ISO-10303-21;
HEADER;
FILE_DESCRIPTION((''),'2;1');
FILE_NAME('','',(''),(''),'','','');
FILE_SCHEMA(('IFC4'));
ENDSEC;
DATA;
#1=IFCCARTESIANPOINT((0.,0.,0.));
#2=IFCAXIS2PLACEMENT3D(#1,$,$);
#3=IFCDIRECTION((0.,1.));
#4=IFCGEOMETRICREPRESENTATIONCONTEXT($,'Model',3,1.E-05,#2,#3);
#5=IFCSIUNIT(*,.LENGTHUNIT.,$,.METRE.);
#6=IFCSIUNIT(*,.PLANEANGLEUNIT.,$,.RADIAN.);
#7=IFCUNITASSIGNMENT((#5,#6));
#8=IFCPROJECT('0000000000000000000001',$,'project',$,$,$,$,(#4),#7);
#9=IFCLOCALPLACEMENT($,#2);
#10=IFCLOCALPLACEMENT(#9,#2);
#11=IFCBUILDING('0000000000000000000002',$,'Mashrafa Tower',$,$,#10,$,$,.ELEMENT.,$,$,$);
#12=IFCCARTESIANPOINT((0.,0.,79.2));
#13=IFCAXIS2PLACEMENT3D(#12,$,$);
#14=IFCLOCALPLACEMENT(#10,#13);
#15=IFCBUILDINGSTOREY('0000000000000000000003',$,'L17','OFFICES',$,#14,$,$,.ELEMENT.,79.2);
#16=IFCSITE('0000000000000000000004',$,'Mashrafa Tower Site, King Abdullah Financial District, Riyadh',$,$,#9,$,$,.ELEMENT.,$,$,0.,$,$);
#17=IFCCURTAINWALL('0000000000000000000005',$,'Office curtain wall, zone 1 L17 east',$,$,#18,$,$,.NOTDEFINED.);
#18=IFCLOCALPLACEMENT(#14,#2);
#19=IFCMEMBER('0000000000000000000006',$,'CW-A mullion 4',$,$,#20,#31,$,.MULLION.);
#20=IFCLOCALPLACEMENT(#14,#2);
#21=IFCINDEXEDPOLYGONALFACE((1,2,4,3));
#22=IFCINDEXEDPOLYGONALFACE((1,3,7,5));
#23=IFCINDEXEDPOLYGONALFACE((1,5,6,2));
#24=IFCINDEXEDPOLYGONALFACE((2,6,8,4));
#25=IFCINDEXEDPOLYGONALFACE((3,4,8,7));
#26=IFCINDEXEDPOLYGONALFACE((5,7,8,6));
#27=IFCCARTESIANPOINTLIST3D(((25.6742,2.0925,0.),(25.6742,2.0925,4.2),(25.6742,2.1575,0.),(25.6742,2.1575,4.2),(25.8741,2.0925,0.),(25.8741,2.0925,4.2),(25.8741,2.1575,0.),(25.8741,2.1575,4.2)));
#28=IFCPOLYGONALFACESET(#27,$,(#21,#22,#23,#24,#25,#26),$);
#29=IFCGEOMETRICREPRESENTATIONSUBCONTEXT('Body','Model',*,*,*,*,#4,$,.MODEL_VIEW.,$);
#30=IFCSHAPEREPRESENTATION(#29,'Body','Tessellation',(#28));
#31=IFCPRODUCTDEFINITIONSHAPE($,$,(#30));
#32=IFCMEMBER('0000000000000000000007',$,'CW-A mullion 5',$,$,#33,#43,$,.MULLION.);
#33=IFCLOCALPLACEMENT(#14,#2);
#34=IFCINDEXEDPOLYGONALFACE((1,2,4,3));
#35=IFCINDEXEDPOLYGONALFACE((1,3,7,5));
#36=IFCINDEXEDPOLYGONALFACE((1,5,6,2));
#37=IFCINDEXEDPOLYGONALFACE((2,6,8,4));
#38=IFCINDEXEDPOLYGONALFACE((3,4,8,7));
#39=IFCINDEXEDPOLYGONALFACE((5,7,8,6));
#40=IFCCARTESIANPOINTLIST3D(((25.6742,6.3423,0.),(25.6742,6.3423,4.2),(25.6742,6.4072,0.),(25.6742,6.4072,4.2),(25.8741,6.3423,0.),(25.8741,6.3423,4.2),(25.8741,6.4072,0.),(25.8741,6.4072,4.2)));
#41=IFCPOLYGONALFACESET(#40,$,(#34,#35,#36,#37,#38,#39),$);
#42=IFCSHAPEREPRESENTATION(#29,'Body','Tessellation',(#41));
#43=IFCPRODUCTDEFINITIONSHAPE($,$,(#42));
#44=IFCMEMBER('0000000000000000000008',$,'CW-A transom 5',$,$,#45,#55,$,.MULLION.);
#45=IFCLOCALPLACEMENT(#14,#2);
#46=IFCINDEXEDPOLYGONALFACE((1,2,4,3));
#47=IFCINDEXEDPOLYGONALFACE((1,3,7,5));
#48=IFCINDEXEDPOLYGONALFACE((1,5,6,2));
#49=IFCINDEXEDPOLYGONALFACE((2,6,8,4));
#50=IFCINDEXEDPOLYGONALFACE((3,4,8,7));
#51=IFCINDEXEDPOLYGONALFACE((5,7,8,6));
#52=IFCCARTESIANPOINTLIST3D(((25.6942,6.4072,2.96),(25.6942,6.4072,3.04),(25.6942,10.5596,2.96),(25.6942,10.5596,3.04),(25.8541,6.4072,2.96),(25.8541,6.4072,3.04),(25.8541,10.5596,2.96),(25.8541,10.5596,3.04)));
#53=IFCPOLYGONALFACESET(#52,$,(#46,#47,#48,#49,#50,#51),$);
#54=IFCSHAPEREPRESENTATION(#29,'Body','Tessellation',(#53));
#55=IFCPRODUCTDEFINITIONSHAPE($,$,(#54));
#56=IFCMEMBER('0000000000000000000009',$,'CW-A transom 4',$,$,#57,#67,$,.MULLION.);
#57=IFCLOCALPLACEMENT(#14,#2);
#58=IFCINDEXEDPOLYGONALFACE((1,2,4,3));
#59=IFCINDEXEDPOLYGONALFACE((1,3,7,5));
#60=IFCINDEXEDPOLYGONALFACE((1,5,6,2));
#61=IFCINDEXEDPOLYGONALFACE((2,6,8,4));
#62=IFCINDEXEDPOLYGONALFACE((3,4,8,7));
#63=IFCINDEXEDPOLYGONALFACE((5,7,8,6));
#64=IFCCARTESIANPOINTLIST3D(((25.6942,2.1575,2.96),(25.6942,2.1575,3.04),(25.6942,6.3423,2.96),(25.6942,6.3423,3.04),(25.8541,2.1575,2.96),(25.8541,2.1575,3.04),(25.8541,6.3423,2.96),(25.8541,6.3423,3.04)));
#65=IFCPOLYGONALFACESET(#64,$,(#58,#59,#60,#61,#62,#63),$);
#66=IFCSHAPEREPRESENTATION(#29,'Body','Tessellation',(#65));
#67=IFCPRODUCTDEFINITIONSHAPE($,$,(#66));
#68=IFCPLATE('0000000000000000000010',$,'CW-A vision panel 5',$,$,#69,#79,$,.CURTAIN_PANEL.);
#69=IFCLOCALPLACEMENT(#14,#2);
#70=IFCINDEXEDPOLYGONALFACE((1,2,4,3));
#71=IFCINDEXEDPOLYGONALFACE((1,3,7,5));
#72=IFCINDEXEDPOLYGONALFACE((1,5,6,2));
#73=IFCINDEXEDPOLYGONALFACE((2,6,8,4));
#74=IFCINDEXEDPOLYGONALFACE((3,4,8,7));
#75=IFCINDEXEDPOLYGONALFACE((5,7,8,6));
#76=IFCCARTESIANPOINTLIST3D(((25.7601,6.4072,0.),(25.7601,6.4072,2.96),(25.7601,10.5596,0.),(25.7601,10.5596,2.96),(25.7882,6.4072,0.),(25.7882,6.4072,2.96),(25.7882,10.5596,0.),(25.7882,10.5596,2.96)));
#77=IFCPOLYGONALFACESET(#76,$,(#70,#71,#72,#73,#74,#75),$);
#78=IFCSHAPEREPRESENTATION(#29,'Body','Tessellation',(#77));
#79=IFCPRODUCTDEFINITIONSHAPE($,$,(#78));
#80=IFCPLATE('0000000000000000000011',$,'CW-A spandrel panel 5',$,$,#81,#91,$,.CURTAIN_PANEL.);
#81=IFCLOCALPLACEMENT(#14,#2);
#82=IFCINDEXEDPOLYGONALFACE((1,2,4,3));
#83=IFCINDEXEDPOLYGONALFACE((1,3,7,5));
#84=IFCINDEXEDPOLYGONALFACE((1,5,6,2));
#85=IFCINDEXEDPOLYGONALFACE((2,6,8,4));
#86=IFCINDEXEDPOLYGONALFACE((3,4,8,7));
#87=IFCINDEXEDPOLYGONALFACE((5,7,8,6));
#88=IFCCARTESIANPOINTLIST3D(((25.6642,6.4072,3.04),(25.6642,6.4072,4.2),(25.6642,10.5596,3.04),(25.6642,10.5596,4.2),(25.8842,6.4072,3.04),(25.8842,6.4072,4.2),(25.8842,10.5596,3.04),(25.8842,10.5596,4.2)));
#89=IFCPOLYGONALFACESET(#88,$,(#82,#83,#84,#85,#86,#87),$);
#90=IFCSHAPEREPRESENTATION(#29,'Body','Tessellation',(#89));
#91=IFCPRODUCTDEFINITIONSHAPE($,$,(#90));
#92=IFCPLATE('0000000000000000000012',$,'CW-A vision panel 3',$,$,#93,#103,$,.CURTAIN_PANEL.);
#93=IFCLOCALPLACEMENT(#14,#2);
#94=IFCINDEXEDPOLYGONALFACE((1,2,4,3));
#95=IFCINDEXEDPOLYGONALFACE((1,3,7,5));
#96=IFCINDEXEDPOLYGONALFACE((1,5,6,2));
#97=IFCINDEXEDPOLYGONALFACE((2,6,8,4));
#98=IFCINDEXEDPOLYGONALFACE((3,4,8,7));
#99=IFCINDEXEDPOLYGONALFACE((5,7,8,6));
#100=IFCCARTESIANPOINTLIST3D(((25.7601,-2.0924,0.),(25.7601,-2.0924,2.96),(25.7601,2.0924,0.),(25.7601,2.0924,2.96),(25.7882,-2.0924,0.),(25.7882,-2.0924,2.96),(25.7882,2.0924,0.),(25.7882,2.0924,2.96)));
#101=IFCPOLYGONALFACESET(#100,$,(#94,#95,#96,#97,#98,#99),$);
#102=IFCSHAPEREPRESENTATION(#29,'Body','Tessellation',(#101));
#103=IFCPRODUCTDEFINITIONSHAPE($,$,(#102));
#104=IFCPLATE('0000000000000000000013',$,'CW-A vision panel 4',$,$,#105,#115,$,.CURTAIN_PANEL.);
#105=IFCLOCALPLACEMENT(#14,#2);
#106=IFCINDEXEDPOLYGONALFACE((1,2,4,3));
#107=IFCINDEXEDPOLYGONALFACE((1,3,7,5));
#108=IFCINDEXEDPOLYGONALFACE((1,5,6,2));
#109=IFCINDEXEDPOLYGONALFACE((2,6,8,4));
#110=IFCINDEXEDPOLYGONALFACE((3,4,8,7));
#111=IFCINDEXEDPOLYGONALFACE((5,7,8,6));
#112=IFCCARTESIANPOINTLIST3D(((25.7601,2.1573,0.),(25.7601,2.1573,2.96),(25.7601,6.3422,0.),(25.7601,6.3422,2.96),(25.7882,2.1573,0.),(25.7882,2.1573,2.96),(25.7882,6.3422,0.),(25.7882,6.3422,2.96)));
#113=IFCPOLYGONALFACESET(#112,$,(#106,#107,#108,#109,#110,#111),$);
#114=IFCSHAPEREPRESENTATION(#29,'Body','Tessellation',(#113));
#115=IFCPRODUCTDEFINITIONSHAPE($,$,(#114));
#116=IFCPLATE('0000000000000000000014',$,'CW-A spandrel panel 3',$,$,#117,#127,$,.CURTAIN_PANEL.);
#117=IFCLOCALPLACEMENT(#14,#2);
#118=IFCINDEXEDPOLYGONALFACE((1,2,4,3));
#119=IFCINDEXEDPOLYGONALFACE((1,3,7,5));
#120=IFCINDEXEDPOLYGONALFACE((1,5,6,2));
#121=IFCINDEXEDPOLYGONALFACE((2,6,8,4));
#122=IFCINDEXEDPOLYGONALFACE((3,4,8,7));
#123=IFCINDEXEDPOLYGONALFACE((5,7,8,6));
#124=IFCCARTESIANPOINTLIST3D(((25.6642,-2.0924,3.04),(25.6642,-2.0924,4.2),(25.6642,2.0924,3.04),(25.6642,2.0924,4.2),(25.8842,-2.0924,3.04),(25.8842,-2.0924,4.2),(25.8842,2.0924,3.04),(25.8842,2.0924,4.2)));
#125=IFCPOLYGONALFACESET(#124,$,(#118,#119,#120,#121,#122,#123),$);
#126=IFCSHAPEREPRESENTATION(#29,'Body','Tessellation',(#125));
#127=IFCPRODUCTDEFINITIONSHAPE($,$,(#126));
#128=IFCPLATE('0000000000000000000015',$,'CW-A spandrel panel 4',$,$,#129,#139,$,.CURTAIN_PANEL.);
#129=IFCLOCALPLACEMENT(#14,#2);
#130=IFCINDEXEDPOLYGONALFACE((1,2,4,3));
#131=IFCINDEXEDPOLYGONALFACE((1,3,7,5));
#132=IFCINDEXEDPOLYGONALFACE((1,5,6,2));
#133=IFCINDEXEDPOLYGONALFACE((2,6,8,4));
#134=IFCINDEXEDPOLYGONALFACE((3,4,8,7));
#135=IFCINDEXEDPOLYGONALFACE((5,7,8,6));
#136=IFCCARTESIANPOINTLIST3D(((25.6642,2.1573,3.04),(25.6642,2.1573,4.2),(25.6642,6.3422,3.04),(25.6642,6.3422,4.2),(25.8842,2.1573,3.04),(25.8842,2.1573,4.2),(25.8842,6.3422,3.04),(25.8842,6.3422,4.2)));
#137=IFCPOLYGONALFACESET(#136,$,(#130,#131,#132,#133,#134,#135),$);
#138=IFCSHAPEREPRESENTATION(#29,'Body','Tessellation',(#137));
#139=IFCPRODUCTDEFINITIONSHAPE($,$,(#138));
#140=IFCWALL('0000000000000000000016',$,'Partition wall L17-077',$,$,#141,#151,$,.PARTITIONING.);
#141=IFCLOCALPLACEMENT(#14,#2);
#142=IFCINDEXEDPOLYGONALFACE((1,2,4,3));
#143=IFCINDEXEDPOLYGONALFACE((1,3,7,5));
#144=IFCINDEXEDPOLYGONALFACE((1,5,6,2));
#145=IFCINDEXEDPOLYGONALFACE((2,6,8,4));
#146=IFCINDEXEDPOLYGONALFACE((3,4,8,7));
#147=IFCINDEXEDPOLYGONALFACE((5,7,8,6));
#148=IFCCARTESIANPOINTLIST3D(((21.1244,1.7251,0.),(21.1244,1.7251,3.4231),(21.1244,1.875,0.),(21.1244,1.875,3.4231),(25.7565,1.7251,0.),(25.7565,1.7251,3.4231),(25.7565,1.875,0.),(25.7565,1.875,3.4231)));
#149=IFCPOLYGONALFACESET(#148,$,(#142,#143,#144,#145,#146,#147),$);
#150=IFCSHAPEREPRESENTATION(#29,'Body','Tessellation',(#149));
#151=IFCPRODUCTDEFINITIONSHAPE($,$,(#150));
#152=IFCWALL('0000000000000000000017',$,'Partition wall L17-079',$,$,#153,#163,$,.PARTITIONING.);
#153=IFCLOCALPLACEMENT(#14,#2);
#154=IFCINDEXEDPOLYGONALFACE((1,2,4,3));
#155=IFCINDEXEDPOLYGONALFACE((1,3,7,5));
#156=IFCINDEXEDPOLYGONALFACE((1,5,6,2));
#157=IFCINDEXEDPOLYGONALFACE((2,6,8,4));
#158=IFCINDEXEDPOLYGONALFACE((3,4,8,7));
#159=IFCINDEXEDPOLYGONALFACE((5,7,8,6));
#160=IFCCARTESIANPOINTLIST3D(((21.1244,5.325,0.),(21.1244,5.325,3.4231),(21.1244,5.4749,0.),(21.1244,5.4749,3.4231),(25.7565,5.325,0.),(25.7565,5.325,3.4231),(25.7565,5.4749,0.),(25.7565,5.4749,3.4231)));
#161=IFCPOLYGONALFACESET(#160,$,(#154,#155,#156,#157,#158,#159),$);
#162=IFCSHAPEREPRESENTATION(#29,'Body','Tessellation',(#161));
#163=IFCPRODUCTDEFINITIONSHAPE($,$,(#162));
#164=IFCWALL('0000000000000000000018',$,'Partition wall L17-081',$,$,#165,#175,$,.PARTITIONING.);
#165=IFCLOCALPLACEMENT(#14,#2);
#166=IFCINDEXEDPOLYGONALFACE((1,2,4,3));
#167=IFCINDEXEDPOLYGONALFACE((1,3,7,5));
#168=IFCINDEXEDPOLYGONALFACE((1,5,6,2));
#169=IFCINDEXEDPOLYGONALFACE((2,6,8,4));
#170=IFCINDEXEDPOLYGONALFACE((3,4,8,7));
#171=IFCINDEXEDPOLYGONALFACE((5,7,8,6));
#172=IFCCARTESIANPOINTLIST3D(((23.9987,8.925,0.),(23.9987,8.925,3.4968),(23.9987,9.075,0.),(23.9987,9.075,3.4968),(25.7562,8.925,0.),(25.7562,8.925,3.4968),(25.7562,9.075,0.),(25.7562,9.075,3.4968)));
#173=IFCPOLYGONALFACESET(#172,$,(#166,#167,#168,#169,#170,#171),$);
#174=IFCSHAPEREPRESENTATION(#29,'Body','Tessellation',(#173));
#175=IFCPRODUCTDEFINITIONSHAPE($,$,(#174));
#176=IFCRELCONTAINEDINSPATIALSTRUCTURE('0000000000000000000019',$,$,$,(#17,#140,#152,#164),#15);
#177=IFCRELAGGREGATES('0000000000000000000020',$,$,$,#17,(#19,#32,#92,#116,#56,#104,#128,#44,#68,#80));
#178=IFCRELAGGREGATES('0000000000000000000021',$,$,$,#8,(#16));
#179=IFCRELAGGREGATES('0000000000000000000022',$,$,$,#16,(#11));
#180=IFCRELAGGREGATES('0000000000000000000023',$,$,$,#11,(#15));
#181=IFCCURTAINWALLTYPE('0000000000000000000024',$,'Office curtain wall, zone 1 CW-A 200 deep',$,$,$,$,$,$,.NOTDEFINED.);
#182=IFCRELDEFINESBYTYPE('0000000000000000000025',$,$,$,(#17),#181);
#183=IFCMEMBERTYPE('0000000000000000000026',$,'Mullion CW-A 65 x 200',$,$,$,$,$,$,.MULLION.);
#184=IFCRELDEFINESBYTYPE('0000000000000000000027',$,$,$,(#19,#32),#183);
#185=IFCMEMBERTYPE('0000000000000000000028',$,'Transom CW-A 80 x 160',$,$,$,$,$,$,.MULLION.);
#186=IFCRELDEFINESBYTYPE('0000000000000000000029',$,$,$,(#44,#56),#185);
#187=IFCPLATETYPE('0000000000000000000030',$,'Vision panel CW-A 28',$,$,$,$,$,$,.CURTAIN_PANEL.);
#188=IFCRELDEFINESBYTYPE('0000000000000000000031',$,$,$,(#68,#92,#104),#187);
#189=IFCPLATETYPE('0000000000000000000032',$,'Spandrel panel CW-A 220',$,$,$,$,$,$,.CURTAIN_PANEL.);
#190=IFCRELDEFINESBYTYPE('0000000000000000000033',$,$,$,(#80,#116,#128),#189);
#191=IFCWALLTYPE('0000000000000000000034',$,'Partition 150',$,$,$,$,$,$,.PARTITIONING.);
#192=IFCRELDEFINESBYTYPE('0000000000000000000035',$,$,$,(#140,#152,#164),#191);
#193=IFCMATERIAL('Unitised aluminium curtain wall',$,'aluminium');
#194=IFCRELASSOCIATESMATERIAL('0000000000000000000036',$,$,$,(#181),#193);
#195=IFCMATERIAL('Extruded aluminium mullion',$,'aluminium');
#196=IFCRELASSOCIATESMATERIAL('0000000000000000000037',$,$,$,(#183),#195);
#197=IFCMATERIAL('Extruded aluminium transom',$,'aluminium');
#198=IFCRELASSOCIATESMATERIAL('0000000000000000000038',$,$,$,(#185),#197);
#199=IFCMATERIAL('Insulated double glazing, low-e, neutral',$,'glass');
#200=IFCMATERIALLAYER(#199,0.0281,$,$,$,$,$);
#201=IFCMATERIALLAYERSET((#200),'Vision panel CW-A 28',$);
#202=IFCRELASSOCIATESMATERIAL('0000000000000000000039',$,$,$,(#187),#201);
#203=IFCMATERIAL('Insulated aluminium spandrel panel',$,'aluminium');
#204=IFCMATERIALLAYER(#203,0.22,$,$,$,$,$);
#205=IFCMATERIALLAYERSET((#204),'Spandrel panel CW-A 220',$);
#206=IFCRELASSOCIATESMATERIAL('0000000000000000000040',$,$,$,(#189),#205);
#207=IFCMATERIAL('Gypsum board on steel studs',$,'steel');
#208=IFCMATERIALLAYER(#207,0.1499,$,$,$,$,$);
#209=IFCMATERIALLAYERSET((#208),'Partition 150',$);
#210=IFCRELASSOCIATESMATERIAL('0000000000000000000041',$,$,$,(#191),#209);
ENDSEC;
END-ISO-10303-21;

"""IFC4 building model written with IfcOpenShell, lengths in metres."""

from ifc_helpers import new_model, si_unit, direction, frame, frame_2d, origin, origin_2d, place, context, subcontext, project, spatial, rectangle, extrude, source, transform, mapped, material, layer, layer_set, material_profile, profile_set, type_object, type_shapes, element, aggregate, save


model = new_model("IFC4")

# Units and contexts
model_context = context("Model", 3, precision=1e-05, world=origin(), true_north=direction((0.0, 1.0)))
body_context = subcontext(model_context, "Body", "Model", "MODEL_VIEW")
ifc_project = project(units=[si_unit("LENGTHUNIT", "METRE"), si_unit("PLANEANGLEUNIT", "RADIAN")], contexts=[model_context])

# Site, building, storey
site_placement = place(None, origin())
site = spatial("IfcSite", under=ifc_project, at=site_placement, Name="Mashrafa Tower Site, King Abdullah Financial District, Riyadh", CompositionType="ELEMENT", RefElevation=0.0)
building_placement = place(site_placement, origin())
building = spatial("IfcBuilding", under=site, at=building_placement, Name="Mashrafa Tower", CompositionType="ELEMENT")
storey_placement = place(building_placement, frame((0.0, 0.0, 79.2)))
storey = spatial("IfcBuildingStorey", under=building, at=storey_placement, Name="L17", Description="OFFICES", CompositionType="ELEMENT", Elevation=79.2)

# Curtain wall, members, plates
ifc_material_1 = material(Name="Unitised aluminium curtain wall", Category="aluminium")
curtain_wall_type = type_object("IfcCurtainWallType", Name="Office curtain wall, zone 1 CW-A 200 deep", PredefinedType="NOTDEFINED", material=ifc_material_1)
curtain_wall_placement = place(storey_placement, origin())
curtain_wall = element("IfcCurtainWall", 1, at=curtain_wall_placement, inside=storey, type_object=curtain_wall_type, Name="Office curtain wall, zone 1 L17 east", PredefinedType="NOTDEFINED")
ifc_material_2 = material(Name="Extruded aluminium mullion", Category="aluminium")
ifc_material_profile_1 = material_profile(ifc_material_2, rectangle(XDim=0.2, YDim=0.0649, at=origin_2d()), Name="Mullion 65x200")
ifc_profile_set_1 = profile_set([ifc_material_profile_1], Name="Extruded aluminium mullion")
member_type_1 = type_object("IfcMemberType", Name="Mullion CW-A 65 x 200", PredefinedType="MULLION", material=ifc_profile_set_1)
shared_shape_1 = source(origin(), body_context, "Body", "SweptSolid", [
    extrude(rectangle(XDim=0.2, YDim=0.0649, at=origin_2d()), origin(), (0.0, 0.0, 1.0), 4.2),
])
type_shapes(member_type_1, [shared_shape_1])
member_1_placement = place(storey_placement, frame((25.7742, 2.125, 0.0), z_axis=(0.0, 0.0, 1.0), x_axis=(-1.0, 0.0, 0.0)))
member_1 = element("IfcMember", 2, at=member_1_placement, type_object=member_type_1, Name="CW-A mullion 4", PredefinedType="MULLION", context=body_context, shape_type="MappedRepresentation", body=[
    mapped(shared_shape_1, transform((0.0, 0.0, 0.0))),
])
member_2_placement = place(storey_placement, frame((25.7742, 6.3748, 0.0), z_axis=(0.0, 0.0, 1.0), x_axis=(-1.0, 0.0, 0.0)))
member_2 = element("IfcMember", 3, at=member_2_placement, type_object=member_type_1, Name="CW-A mullion 5", PredefinedType="MULLION", context=body_context, shape_type="MappedRepresentation", body=[
    mapped(shared_shape_1, transform((0.0, 0.0, 0.0))),
])
ifc_material_3 = material(Name="Extruded aluminium transom", Category="aluminium")
ifc_material_profile_2 = material_profile(ifc_material_3, rectangle(XDim=0.1599, YDim=0.0801, at=origin_2d()), Name="Transom 80x160")
ifc_profile_set_2 = profile_set([ifc_material_profile_2], Name="Extruded aluminium transom")
member_type_2 = type_object("IfcMemberType", Name="Transom CW-A 80 x 160", PredefinedType="MULLION", material=ifc_profile_set_2)
shared_shape_2 = source(origin(), body_context, "Body", "SweptSolid", [
    extrude(rectangle(XDim=0.1599, YDim=0.0801, at=origin_2d()), origin(), (0.0, 0.0, 1.0), 4.1523),
])
member_3_placement = place(storey_placement, frame((25.7742, 6.4072, 3.0), z_axis=(0.0, 1.0, 0.0), x_axis=(-1.0, 0.0, 0.0)))
member_3 = element("IfcMember", 4, at=member_3_placement, type_object=member_type_2, Name="CW-A transom 5", PredefinedType="MULLION", context=body_context, shape_type="MappedRepresentation", body=[
    mapped(shared_shape_2, transform((0.0, 0.0, 0.0))),
])
shared_shape_3 = source(origin(), body_context, "Body", "SweptSolid", [
    extrude(rectangle(XDim=0.1599, YDim=0.0801, at=origin_2d()), origin(), (0.0, 0.0, 1.0), 4.1848),
])
type_shapes(member_type_2, [shared_shape_2, shared_shape_3])
member_4_placement = place(storey_placement, frame((25.7742, 2.1575, 3.0), z_axis=(0.0, 1.0, 0.0), x_axis=(-1.0, 0.0, 0.0)))
member_4 = element("IfcMember", 5, at=member_4_placement, type_object=member_type_2, Name="CW-A transom 4", PredefinedType="MULLION", context=body_context, shape_type="MappedRepresentation", body=[
    mapped(shared_shape_3, transform((0.0, 0.0, 0.0))),
])
ifc_material_4 = material(Name="Insulated double glazing, low-e, neutral", Category="glass")
ifc_layer_1 = layer(ifc_material_4, 0.0281)
ifc_layer_set_1 = layer_set([ifc_layer_1], Name="Vision panel CW-A 28")
plate_type_1 = type_object("IfcPlateType", Name="Vision panel CW-A 28", PredefinedType="CURTAIN_PANEL", material=ifc_layer_set_1)
shared_shape_4 = source(origin(), body_context, "Body", "SweptSolid", [
    extrude(rectangle(XDim=4.1523, YDim=0.0281, at=origin_2d()), origin(), (0.0, 0.0, 1.0), 2.96),
])
plate_1_placement = place(storey_placement, frame((25.7742, 8.4834, 0.0), z_axis=(0.0, 0.0, 1.0), x_axis=(0.0, 1.0, 0.0)))
plate_1 = element("IfcPlate", 6, at=plate_1_placement, type_object=plate_type_1, Name="CW-A vision panel 5", PredefinedType="CURTAIN_PANEL", context=body_context, shape_type="MappedRepresentation", body=[
    mapped(shared_shape_4, transform((0.0, 0.0, 0.0))),
])
ifc_material_5 = material(Name="Insulated aluminium spandrel panel", Category="aluminium")
ifc_layer_2 = layer(ifc_material_5, 0.22)
ifc_layer_set_2 = layer_set([ifc_layer_2], Name="Spandrel panel CW-A 220")
plate_type_2 = type_object("IfcPlateType", Name="Spandrel panel CW-A 220", PredefinedType="CURTAIN_PANEL", material=ifc_layer_set_2)
shared_shape_5 = source(origin(), body_context, "Body", "SweptSolid", [
    extrude(rectangle(XDim=4.1523, YDim=0.22, at=origin_2d()), origin(), (0.0, 0.0, 1.0), 1.1599),
])
plate_2_placement = place(storey_placement, frame((25.7742, 8.4834, 3.04), z_axis=(0.0, 0.0, 1.0), x_axis=(0.0, 1.0, 0.0)))
plate_2 = element("IfcPlate", 7, at=plate_2_placement, type_object=plate_type_2, Name="CW-A spandrel panel 5", PredefinedType="CURTAIN_PANEL", context=body_context, shape_type="MappedRepresentation", body=[
    mapped(shared_shape_5, transform((0.0, 0.0, 0.0))),
])
shared_shape_6 = source(origin(), body_context, "Body", "SweptSolid", [
    extrude(rectangle(XDim=4.1848, YDim=0.0281, at=origin_2d()), origin(), (0.0, 0.0, 1.0), 2.96),
])
type_shapes(plate_type_1, [shared_shape_4, shared_shape_6])
plate_3_placement = place(storey_placement, frame((25.7742, 0.0, 0.0), z_axis=(0.0, 0.0, 1.0), x_axis=(0.0, 1.0, 0.0)))
plate_3 = element("IfcPlate", 8, at=plate_3_placement, type_object=plate_type_1, Name="CW-A vision panel 3", PredefinedType="CURTAIN_PANEL", context=body_context, shape_type="MappedRepresentation", body=[
    mapped(shared_shape_6, transform((0.0, 0.0, 0.0))),
])
plate_4_placement = place(storey_placement, frame((25.7742, 4.2498, 0.0), z_axis=(0.0, 0.0, 1.0), x_axis=(0.0, 1.0, 0.0)))
plate_4 = element("IfcPlate", 9, at=plate_4_placement, type_object=plate_type_1, Name="CW-A vision panel 4", PredefinedType="CURTAIN_PANEL", context=body_context, shape_type="MappedRepresentation", body=[
    mapped(shared_shape_6, transform((0.0, 0.0, 0.0))),
])
shared_shape_7 = source(origin(), body_context, "Body", "SweptSolid", [
    extrude(rectangle(XDim=4.1848, YDim=0.22, at=origin_2d()), origin(), (0.0, 0.0, 1.0), 1.1599),
])
type_shapes(plate_type_2, [shared_shape_5, shared_shape_7])
plate_5_placement = place(storey_placement, frame((25.7742, 0.0, 3.04), z_axis=(0.0, 0.0, 1.0), x_axis=(0.0, 1.0, 0.0)))
plate_5 = element("IfcPlate", 10, at=plate_5_placement, type_object=plate_type_2, Name="CW-A spandrel panel 3", PredefinedType="CURTAIN_PANEL", context=body_context, shape_type="MappedRepresentation", body=[
    mapped(shared_shape_7, transform((0.0, 0.0, 0.0))),
])
plate_6_placement = place(storey_placement, frame((25.7742, 4.2498, 3.04), z_axis=(0.0, 0.0, 1.0), x_axis=(0.0, 1.0, 0.0)))
plate_6 = element("IfcPlate", 11, at=plate_6_placement, type_object=plate_type_2, Name="CW-A spandrel panel 4", PredefinedType="CURTAIN_PANEL", context=body_context, shape_type="MappedRepresentation", body=[
    mapped(shared_shape_7, transform((0.0, 0.0, 0.0))),
])
aggregate(curtain_wall, [member_1, member_2, plate_3, plate_5, member_4, plate_4, plate_6, member_3, plate_1, plate_2])

# Walls
ifc_material_6 = material(Name="Gypsum board on steel studs", Category="steel")
ifc_layer_3 = layer(ifc_material_6, 0.1499)
ifc_layer_set_3 = layer_set([ifc_layer_3], Name="Partition 150")
wall_type = type_object("IfcWallType", Name="Partition 150", PredefinedType="PARTITIONING", material=ifc_layer_set_3)
for number, where, z_axis, x_axis, name in (
    (12, (25.7563, 1.8, 0.0), (0.0, 0.0, 1.0), (-1.0, 0.0, 0.0), "Partition wall L17-077"),
    (13, (25.7563, 5.3999, 0.0), (0.0, 0.0, 1.0), (-1.0, 0.0, 0.0), "Partition wall L17-079"),
):
    element("IfcWall", number, at=place(storey_placement, frame(where, z_axis=z_axis, x_axis=x_axis)), inside=storey, type_object=wall_type, Name=name, PredefinedType="PARTITIONING", context=body_context, shape_type="SweptSolid", body=[
        extrude(rectangle(XDim=4.6321, YDim=0.1499, at=frame_2d((2.3159, 0.0))), origin(), (0.0, 0.0, 1.0), 3.4231),
    ])
wall_placement = place(storey_placement, frame((25.7563, 9.0, 0.0), z_axis=(0.0, 0.0, 1.0), x_axis=(-1.0, 0.0, 0.0)))
element("IfcWall", 14, at=wall_placement, inside=storey, type_object=wall_type, Name="Partition wall L17-081", PredefinedType="PARTITIONING", context=body_context, shape_type="SweptSolid", body=[
    extrude(rectangle(XDim=1.7576, YDim=0.1499, at=frame_2d((0.8789, 0.0))), origin(), (0.0, 0.0, 1.0), 3.4968),
])

save(model, "model.ifc")
